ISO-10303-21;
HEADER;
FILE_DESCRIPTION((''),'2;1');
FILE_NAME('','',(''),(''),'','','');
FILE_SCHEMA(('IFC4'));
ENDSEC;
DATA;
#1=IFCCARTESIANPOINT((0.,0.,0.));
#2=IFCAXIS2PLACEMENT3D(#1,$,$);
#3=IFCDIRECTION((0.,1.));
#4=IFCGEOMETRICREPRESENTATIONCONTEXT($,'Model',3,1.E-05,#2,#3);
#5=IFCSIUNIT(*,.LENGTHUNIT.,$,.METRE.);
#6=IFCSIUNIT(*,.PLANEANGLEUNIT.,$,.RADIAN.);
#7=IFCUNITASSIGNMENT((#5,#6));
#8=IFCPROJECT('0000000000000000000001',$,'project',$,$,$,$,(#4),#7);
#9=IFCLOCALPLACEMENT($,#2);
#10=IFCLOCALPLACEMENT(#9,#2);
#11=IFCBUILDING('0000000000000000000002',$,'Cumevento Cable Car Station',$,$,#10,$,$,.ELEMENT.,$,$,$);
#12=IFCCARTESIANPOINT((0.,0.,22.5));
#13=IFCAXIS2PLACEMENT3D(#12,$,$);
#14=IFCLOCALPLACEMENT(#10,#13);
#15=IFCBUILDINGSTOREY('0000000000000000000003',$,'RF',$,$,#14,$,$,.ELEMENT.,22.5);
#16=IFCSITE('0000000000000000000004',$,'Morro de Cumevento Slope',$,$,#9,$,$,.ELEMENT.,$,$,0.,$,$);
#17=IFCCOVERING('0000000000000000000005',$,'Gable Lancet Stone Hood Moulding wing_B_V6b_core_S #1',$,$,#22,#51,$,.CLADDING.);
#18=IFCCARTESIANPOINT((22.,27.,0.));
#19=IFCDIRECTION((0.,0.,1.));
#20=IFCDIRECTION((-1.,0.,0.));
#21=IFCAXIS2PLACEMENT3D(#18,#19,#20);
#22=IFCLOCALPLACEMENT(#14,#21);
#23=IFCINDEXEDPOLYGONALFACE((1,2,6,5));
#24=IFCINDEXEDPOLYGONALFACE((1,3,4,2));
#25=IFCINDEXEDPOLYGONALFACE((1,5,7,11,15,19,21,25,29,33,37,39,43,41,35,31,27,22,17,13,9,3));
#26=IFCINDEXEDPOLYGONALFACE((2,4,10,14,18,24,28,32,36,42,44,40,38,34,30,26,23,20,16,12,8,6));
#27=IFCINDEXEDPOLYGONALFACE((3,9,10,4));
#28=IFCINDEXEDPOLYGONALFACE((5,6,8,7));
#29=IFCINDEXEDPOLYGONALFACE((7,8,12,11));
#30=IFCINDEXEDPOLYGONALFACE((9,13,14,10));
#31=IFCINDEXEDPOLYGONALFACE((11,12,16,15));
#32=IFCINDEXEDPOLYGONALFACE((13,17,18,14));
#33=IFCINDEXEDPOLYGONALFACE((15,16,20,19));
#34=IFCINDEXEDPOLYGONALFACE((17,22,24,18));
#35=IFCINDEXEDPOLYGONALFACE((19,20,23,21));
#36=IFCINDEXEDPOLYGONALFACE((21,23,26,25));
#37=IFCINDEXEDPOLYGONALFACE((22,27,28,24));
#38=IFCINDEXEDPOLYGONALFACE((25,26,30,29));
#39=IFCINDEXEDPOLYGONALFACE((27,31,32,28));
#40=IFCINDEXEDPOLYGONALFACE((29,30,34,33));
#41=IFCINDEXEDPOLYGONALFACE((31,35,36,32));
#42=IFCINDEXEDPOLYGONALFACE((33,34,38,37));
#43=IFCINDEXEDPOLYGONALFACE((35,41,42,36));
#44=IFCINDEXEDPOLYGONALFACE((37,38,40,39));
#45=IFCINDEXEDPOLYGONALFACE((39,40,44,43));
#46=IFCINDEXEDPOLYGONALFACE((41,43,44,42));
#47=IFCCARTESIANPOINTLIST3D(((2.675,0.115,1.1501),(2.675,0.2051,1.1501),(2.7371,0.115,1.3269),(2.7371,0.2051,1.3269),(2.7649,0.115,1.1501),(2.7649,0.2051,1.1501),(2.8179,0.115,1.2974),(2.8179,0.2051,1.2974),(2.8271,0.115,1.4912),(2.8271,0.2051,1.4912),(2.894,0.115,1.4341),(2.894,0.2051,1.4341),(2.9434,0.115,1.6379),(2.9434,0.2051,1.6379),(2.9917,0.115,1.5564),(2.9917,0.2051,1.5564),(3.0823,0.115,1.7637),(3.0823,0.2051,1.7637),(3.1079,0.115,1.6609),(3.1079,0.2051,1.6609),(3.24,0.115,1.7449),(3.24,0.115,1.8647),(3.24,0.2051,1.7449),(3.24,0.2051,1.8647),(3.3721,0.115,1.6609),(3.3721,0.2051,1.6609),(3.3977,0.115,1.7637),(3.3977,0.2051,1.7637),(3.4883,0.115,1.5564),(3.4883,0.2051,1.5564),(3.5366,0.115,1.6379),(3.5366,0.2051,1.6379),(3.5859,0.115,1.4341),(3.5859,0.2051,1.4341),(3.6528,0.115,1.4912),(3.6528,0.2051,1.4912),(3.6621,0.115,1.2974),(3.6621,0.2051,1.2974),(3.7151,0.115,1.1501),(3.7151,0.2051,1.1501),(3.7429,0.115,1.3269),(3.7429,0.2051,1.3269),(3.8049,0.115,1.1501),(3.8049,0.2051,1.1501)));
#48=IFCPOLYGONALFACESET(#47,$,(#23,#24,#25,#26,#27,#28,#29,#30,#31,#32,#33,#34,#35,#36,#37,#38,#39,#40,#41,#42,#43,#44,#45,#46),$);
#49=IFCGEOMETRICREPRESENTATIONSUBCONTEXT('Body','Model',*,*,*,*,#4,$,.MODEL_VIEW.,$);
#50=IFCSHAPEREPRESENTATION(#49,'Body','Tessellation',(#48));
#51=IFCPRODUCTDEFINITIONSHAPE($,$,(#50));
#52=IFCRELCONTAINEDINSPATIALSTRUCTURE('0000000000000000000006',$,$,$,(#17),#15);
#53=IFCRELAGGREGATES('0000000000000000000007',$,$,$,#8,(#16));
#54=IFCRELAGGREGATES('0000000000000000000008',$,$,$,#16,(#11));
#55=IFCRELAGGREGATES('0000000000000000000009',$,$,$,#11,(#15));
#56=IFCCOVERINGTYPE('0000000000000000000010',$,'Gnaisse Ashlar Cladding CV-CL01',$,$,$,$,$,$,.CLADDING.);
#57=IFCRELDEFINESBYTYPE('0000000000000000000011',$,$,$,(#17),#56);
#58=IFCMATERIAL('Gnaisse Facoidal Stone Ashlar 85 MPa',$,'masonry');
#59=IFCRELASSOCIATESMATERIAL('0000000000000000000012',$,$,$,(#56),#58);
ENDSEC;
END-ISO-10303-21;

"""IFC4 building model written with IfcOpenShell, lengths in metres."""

from ifc_helpers import new_model, si_unit, direction, frame, origin, place, context, subcontext, project, spatial, polyline, outline, extrude, material, type_object, element, save


model = new_model("IFC4")

# Units and contexts
model_context = context("Model", 3, precision=1e-05, world=origin(), true_north=direction((0.0, 1.0)))
body_context = subcontext(model_context, "Body", "Model", "MODEL_VIEW")
ifc_project = project(units=[si_unit("LENGTHUNIT", "METRE"), si_unit("PLANEANGLEUNIT", "RADIAN")], contexts=[model_context])

# Site, building, storey
site_placement = place(None, origin())
site = spatial("IfcSite", under=ifc_project, at=site_placement, Name="Morro de Cumevento Slope", CompositionType="ELEMENT", RefElevation=0.0)
building_placement = place(site_placement, origin())
building = spatial("IfcBuilding", under=site, at=building_placement, Name="Cumevento Cable Car Station", CompositionType="ELEMENT")
storey_placement = place(building_placement, frame((0.0, 0.0, 22.5)))
storey = spatial("IfcBuildingStorey", under=building, at=storey_placement, Name="RF", CompositionType="ELEMENT", Elevation=22.5)

# Covering
ifc_material_1 = material(Name="Gnaisse Facoidal Stone Ashlar 85 MPa", Category="masonry")
covering_type = type_object("IfcCoveringType", Name="Gnaisse Ashlar Cladding CV-CL01", PredefinedType="CLADDING", material=ifc_material_1)
placement = place(storey_placement, frame((22.0, 27.0, 0.0), z_axis=(0.0, 0.0, 1.0), x_axis=(-1.0, 0.0, 0.0)))
element("IfcCovering", 1, at=placement, inside=storey, type_object=covering_type, Name="Gable Lancet Stone Hood Moulding wing_B_V6b_core_S #1", PredefinedType="CLADDING", context=body_context, shape_type="SweptSolid", body=[
    extrude(outline(polyline([(2.7649, 1.1501), (2.8179, 1.2974), (2.894, 1.4341), (2.9917, 1.5564), (3.1079, 1.6609), (3.24, 1.7449), (3.3721, 1.6609), (3.4883, 1.5564), (3.5859, 1.4341), (3.6621, 1.2974), (3.7151, 1.1501), (3.8049, 1.1501), (3.7429, 1.3269), (3.6528, 1.4912), (3.5366, 1.6379), (3.3977, 1.7637), (3.24, 1.8647), (3.0823, 1.7637), (2.9434, 1.6379), (2.8271, 1.4912), (2.7371, 1.3269), (2.675, 1.1501), (2.7649, 1.1501)])), frame((0.0, 0.2051, 0.0), z_axis=(0.0, -1.0, 0.0), x_axis=(1.0, 0.0, 0.0)), (0.0, 0.0, 1.0), 0.0901),
])

save(model, "model.ifc")
